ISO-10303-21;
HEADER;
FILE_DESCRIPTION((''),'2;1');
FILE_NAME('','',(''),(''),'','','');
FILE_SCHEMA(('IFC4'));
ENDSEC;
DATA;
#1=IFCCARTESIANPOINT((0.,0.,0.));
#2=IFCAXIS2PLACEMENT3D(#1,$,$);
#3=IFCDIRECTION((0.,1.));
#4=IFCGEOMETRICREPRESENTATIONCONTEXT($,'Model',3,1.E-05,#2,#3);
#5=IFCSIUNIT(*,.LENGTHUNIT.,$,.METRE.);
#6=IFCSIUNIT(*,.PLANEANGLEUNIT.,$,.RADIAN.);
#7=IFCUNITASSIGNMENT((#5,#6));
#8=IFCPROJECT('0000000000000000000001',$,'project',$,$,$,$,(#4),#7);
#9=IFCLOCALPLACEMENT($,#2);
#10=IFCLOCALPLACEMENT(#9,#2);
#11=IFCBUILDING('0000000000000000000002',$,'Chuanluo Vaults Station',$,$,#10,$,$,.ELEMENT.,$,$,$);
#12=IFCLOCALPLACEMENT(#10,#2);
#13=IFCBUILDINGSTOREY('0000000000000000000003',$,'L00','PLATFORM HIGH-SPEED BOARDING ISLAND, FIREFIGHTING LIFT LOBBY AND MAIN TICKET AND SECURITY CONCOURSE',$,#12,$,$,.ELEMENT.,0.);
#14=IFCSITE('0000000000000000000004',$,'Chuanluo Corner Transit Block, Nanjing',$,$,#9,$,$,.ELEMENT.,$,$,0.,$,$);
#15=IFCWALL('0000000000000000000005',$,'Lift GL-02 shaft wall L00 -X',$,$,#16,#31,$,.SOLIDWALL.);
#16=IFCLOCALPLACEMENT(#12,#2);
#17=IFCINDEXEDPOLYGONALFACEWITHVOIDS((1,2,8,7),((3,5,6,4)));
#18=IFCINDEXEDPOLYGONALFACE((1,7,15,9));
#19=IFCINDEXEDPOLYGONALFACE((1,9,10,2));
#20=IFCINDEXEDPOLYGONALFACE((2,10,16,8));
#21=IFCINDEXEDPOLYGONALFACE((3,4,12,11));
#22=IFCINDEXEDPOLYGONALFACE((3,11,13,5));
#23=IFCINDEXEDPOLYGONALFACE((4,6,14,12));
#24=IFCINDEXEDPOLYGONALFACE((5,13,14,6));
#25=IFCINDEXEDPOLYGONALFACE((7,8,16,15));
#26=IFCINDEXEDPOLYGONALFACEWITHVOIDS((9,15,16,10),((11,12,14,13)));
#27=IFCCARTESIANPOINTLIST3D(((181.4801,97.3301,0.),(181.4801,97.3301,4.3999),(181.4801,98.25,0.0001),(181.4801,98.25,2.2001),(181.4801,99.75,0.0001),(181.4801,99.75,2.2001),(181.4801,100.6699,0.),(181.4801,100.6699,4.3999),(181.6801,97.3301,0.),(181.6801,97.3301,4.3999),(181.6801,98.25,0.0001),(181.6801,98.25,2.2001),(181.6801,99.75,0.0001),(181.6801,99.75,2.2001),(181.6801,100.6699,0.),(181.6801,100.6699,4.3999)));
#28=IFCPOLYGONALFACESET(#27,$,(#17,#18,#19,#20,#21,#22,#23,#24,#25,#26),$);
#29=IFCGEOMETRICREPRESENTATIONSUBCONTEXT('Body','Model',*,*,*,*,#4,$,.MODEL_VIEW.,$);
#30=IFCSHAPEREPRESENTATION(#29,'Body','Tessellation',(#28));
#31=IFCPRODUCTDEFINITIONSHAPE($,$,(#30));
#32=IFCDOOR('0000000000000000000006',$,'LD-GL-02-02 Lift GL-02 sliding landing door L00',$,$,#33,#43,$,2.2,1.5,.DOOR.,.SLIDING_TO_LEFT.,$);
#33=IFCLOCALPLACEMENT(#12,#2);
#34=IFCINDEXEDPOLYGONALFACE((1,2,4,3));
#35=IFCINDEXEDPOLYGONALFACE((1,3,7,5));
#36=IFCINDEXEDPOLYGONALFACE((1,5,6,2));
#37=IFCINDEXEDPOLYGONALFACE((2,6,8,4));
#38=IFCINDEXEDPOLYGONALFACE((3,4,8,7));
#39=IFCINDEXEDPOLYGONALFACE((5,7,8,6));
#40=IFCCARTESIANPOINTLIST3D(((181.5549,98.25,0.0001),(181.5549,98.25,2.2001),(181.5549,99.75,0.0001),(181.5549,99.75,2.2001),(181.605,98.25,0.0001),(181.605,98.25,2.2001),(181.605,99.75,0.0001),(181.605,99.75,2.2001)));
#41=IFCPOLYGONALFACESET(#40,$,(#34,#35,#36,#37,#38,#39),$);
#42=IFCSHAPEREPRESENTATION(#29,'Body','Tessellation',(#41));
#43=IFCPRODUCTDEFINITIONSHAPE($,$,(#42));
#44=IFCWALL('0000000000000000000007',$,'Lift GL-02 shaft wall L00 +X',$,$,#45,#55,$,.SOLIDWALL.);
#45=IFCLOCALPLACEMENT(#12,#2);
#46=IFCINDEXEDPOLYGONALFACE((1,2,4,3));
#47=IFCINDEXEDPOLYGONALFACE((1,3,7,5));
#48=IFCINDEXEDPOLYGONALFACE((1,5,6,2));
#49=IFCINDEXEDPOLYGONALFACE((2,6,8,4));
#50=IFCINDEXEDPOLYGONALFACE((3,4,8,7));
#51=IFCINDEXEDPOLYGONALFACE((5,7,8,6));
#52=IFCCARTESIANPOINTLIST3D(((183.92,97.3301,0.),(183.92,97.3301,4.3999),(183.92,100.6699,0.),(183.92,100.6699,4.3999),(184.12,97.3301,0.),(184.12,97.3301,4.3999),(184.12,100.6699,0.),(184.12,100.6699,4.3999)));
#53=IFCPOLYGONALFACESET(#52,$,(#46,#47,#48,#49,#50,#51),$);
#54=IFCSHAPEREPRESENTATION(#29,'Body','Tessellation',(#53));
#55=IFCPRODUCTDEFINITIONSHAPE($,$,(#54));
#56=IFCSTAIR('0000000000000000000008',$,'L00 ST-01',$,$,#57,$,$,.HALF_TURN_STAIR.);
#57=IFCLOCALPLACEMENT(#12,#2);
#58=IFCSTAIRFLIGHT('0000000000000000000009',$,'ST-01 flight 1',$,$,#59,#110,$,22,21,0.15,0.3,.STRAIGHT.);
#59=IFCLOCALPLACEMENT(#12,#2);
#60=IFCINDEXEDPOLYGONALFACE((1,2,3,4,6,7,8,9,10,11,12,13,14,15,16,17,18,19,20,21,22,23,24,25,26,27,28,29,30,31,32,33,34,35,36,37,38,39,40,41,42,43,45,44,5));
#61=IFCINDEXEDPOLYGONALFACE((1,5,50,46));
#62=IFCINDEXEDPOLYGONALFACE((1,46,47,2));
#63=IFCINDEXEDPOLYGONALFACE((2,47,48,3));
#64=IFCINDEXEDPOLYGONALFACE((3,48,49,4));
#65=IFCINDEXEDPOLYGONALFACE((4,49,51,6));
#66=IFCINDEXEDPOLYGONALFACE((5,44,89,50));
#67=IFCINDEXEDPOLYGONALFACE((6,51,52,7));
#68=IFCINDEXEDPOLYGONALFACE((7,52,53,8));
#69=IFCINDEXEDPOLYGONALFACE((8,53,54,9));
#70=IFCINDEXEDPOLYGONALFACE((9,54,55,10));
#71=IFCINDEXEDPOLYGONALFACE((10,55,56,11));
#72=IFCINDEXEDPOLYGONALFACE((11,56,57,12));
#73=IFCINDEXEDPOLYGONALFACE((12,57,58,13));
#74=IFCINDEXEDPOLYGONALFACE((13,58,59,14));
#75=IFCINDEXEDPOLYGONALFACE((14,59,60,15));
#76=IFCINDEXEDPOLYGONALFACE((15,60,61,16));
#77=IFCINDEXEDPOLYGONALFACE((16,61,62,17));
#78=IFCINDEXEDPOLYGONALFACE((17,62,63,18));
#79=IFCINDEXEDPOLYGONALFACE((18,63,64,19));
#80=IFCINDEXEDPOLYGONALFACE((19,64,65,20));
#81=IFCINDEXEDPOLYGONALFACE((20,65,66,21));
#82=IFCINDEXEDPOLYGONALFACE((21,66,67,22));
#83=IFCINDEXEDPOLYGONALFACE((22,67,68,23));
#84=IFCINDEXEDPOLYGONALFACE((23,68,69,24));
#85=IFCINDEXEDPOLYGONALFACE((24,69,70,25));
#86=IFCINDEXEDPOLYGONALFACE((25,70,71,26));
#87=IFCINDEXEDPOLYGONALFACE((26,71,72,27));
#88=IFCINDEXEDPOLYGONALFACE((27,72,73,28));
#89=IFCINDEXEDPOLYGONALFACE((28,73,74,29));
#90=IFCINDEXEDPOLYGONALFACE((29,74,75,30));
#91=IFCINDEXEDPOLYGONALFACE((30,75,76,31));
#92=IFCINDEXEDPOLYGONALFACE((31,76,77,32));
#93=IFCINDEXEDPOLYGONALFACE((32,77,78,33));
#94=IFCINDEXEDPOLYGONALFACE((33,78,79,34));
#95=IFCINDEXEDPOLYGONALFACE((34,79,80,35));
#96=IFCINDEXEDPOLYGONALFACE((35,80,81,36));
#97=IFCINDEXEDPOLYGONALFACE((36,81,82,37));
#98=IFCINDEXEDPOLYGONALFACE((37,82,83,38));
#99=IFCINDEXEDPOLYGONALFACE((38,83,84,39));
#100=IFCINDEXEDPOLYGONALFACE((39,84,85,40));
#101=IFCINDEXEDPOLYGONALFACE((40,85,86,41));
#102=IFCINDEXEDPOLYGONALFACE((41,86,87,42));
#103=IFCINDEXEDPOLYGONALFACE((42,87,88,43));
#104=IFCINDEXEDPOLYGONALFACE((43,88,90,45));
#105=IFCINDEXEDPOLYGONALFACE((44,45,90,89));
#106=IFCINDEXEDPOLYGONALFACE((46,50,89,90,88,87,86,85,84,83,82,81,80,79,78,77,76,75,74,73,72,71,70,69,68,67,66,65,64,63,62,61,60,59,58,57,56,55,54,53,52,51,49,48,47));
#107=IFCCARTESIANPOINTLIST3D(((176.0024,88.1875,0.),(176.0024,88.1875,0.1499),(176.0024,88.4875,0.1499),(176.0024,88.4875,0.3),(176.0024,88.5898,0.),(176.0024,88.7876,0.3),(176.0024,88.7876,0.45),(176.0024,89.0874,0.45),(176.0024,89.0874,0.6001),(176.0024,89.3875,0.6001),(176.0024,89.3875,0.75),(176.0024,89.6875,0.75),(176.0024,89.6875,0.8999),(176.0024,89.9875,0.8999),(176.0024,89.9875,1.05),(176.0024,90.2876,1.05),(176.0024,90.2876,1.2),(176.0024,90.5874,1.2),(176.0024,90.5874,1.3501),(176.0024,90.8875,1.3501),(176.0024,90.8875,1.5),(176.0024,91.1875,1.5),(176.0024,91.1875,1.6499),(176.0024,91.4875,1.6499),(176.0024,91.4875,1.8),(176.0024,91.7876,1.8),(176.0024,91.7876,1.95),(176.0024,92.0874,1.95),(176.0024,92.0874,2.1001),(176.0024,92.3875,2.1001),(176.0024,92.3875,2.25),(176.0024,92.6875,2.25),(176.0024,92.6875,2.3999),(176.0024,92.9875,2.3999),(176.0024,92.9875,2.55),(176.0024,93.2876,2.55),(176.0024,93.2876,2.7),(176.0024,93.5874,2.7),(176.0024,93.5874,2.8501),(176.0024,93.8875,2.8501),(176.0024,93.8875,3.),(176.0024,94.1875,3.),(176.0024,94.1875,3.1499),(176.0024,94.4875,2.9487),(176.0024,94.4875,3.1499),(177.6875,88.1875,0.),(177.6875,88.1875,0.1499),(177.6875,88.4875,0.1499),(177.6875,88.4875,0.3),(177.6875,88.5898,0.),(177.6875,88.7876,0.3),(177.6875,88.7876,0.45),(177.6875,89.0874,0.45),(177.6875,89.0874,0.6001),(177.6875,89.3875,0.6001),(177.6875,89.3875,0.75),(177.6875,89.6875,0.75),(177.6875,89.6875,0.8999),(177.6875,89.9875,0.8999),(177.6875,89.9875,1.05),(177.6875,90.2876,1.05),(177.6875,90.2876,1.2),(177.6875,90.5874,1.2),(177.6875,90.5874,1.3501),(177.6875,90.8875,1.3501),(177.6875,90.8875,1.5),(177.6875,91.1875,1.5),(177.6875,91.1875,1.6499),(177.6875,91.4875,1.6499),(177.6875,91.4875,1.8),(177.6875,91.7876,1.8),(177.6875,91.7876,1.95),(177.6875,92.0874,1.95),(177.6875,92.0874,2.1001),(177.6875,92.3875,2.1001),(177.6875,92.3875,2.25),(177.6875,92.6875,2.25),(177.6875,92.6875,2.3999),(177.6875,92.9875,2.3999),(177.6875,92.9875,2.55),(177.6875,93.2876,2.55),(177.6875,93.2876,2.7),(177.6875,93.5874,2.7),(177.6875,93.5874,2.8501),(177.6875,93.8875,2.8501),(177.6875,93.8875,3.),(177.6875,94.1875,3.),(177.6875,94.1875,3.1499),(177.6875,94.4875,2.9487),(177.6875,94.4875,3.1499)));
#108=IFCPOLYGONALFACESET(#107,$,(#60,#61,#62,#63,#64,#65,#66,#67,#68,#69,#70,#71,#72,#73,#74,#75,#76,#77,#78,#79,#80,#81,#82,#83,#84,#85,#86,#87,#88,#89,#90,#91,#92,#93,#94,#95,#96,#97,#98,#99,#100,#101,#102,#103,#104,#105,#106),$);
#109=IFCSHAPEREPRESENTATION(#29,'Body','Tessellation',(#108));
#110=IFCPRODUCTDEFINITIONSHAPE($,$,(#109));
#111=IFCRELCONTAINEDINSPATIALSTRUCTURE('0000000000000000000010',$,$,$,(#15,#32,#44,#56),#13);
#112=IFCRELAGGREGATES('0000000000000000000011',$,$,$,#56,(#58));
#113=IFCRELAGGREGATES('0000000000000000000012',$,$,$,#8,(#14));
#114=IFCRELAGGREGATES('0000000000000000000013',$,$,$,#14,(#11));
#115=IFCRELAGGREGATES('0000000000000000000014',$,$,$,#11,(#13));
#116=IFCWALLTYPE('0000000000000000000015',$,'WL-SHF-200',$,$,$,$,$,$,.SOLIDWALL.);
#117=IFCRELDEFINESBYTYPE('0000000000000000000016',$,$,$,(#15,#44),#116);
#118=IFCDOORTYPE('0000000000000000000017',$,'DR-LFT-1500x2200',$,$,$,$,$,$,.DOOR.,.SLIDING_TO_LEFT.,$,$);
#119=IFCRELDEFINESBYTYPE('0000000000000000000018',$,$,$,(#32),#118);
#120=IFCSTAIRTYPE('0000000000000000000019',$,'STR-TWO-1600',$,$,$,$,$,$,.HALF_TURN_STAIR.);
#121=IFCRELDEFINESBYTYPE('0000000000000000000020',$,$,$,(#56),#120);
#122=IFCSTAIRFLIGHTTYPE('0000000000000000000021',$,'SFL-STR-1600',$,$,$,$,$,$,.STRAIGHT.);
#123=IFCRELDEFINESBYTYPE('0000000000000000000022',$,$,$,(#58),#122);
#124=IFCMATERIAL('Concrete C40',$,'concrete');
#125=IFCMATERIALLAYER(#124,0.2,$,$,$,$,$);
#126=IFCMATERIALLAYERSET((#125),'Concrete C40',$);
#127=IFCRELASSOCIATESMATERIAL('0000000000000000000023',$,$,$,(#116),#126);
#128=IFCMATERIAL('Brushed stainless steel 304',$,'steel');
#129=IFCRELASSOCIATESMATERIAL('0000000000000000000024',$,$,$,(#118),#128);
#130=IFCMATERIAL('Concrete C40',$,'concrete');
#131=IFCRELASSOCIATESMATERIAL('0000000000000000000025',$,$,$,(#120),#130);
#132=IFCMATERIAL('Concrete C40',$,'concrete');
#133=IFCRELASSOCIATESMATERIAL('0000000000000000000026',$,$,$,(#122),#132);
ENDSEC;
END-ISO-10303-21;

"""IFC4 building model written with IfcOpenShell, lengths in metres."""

from ifc_helpers import new_model, si_unit, direction, frame, frame_2d, origin, place, context, subcontext, project, spatial, polyline, rectangle, outline, extrude, material, layer, layer_set, type_object, element, fill, aggregate, save


model = new_model("IFC4")

# Units and contexts
model_context = context("Model", 3, precision=1e-05, world=origin(), true_north=direction((0.0, 1.0)))
body_context = subcontext(model_context, "Body", "Model", "MODEL_VIEW")
ifc_project = project(units=[si_unit("LENGTHUNIT", "METRE"), si_unit("PLANEANGLEUNIT", "RADIAN")], contexts=[model_context])

# Site, building, storey
site_placement = place(None, origin())
site = spatial("IfcSite", under=ifc_project, at=site_placement, Name="Chuanluo Corner Transit Block, Nanjing", CompositionType="ELEMENT", RefElevation=0.0)
building_placement = place(site_placement, origin())
building = spatial("IfcBuilding", under=site, at=building_placement, Name="Chuanluo Vaults Station", CompositionType="ELEMENT")
storey_placement = place(building_placement, origin())
storey = spatial("IfcBuildingStorey", under=building, at=storey_placement, Name="L00", Description="PLATFORM HIGH-SPEED BOARDING ISLAND, FIREFIGHTING LIFT LOBBY AND MAIN TICKET AND SECURITY CONCOURSE", CompositionType="ELEMENT", Elevation=0.0)

# Shared definitions
ifc_material_1 = material(Name="Concrete C40", Category="concrete")
ifc_layer_1 = layer(ifc_material_1, 0.2)
ifc_layer_set_1 = layer_set([ifc_layer_1], Name="Concrete C40")
wall_type_1 = type_object("IfcWallType", Name="WL-SHF-200", PredefinedType="SOLIDWALL", material=ifc_layer_set_1)

# Wall, opening, door
wall_1_placement = place(storey_placement, frame((181.5801, 100.6699, 0.0), z_axis=(0.0, 0.0, 1.0), x_axis=(0.0, -1.0, 0.0)))
wall_1 = element("IfcWall", 1, at=wall_1_placement, inside=storey, type_object=wall_type_1, Name="Lift GL-02 shaft wall L00 -X", PredefinedType="SOLIDWALL", context=body_context, shape_type="SweptSolid", body=[
    extrude(rectangle(XDim=3.3398, YDim=0.2, at=frame_2d((1.6699, 0.0))), origin(), (0.0, 0.0, 1.0), 4.3999),
])
opening_1_placement = place(wall_1_placement, frame((0.9199, 0.0, 0.0)))
opening_1 = element("IfcOpeningElement", 2, at=opening_1_placement, cuts=wall_1, PredefinedType="OPENING", context=body_context, shape_type="SweptSolid", body=[
    extrude(rectangle(XDim=1.5, YDim=2.2, at=frame_2d((0.75, 1.1001))), frame((0.0, 0.1101, 0.0), z_axis=(0.0, -1.0, 0.0), x_axis=(1.0, 0.0, 0.0)), (0.0, 0.0, 1.0), 0.22),
])
ifc_material_2 = material(Name="Brushed stainless steel 304", Category="steel")
door_type_1 = type_object("IfcDoorType", Name="DR-LFT-1500x2200", OperationType="SLIDING_TO_LEFT", PredefinedType="DOOR", material=ifc_material_2)
door_1_placement = place(opening_1_placement, origin())
door_1 = element("IfcDoor", 3, at=door_1_placement, inside=storey, type_object=door_type_1, Name="LD-GL-02-02 Lift GL-02 sliding landing door L00", OperationType="SLIDING_TO_LEFT", OverallHeight=2.2, OverallWidth=1.5, PredefinedType="DOOR", context=body_context, shape_type="SweptSolid", body=[
    extrude(rectangle(XDim=1.5, YDim=2.2, at=frame_2d((0.75, 1.1001))), frame((0.0, 0.0249, 0.0), z_axis=(0.0, -1.0, 0.0), x_axis=(1.0, 0.0, 0.0)), (0.0, 0.0, 1.0), 0.05),
])
fill(opening_1, door_1)

# Wall
wall_2_placement = place(storey_placement, frame((184.02, 97.3301, 0.0), z_axis=(0.0, 0.0, 1.0), x_axis=(0.0, 1.0, 0.0)))
element("IfcWall", 4, at=wall_2_placement, inside=storey, type_object=wall_type_1, Name="Lift GL-02 shaft wall L00 +X", PredefinedType="SOLIDWALL", context=body_context, shape_type="SweptSolid", body=[
    extrude(rectangle(XDim=3.3398, YDim=0.2, at=frame_2d((1.6699, 0.0))), origin(), (0.0, 0.0, 1.0), 4.3999),
])

# Stair, stair flight
ifc_material_3 = material(Name="Concrete C40", Category="concrete")
stair_type = type_object("IfcStairType", Name="STR-TWO-1600", PredefinedType="HALF_TURN_STAIR", material=ifc_material_3)
stair_placement = place(storey_placement, origin())
stair = element("IfcStair", 5, at=stair_placement, inside=storey, type_object=stair_type, Name="L00 ST-01", PredefinedType="HALF_TURN_STAIR")
ifc_material_4 = material(Name="Concrete C40", Category="concrete")
stair_flight_type = type_object("IfcStairFlightType", Name="SFL-STR-1600", PredefinedType="STRAIGHT", material=ifc_material_4)
stair_flight_placement = place(storey_placement, frame((176.845, 88.1875, 0.0), z_axis=(0.0, 0.0, 1.0), x_axis=(0.0, 1.0, 0.0)))
stair_flight = element("IfcStairFlight", 6, at=stair_flight_placement, type_object=stair_flight_type, Name="ST-01 flight 1", NumberOfRisers=22, NumberOfTreads=21, PredefinedType="STRAIGHT", RiserHeight=0.15, TreadLength=0.3, context=body_context, shape_type="SweptSolid", body=[
    extrude(outline(polyline([(0.0, 0.0), (0.0, 0.1499), (0.3, 0.1499), (0.3, 0.3), (0.6001, 0.3), (0.6001, 0.45), (0.8999, 0.45), (0.8999, 0.6001), (1.2, 0.6001), (1.2, 0.75), (1.5, 0.75), (1.5, 0.8999), (1.8, 0.8999), (1.8, 1.05), (2.1001, 1.05), (2.1001, 1.2), (2.3999, 1.2), (2.3999, 1.3501), (2.7, 1.3501), (2.7, 1.5), (3.0, 1.5), (3.0, 1.6499), (3.3, 1.6499), (3.3, 1.8), (3.6001, 1.8), (3.6001, 1.95), (3.8999, 1.95), (3.8999, 2.1001), (4.2, 2.1001), (4.2, 2.25), (4.5, 2.25), (4.5, 2.3999), (4.8, 2.3999), (4.8, 2.55), (5.1001, 2.55), (5.1001, 2.7), (5.3999, 2.7), (5.3999, 2.8501), (5.7, 2.8501), (5.7, 3.0), (6.0, 3.0), (6.0, 3.1499), (6.3, 3.1499), (6.3, 3.3), (6.3, 2.9487), (0.4023, 0.0), (0.0, 0.0)])), frame((0.0, 0.8425, 0.0), z_axis=(0.0, -1.0, 0.0), x_axis=(1.0, 0.0, 0.0)), (0.0, 0.0, 1.0), 1.6851),
])
aggregate(stair, [stair_flight])

save(model, "model.ifc")
